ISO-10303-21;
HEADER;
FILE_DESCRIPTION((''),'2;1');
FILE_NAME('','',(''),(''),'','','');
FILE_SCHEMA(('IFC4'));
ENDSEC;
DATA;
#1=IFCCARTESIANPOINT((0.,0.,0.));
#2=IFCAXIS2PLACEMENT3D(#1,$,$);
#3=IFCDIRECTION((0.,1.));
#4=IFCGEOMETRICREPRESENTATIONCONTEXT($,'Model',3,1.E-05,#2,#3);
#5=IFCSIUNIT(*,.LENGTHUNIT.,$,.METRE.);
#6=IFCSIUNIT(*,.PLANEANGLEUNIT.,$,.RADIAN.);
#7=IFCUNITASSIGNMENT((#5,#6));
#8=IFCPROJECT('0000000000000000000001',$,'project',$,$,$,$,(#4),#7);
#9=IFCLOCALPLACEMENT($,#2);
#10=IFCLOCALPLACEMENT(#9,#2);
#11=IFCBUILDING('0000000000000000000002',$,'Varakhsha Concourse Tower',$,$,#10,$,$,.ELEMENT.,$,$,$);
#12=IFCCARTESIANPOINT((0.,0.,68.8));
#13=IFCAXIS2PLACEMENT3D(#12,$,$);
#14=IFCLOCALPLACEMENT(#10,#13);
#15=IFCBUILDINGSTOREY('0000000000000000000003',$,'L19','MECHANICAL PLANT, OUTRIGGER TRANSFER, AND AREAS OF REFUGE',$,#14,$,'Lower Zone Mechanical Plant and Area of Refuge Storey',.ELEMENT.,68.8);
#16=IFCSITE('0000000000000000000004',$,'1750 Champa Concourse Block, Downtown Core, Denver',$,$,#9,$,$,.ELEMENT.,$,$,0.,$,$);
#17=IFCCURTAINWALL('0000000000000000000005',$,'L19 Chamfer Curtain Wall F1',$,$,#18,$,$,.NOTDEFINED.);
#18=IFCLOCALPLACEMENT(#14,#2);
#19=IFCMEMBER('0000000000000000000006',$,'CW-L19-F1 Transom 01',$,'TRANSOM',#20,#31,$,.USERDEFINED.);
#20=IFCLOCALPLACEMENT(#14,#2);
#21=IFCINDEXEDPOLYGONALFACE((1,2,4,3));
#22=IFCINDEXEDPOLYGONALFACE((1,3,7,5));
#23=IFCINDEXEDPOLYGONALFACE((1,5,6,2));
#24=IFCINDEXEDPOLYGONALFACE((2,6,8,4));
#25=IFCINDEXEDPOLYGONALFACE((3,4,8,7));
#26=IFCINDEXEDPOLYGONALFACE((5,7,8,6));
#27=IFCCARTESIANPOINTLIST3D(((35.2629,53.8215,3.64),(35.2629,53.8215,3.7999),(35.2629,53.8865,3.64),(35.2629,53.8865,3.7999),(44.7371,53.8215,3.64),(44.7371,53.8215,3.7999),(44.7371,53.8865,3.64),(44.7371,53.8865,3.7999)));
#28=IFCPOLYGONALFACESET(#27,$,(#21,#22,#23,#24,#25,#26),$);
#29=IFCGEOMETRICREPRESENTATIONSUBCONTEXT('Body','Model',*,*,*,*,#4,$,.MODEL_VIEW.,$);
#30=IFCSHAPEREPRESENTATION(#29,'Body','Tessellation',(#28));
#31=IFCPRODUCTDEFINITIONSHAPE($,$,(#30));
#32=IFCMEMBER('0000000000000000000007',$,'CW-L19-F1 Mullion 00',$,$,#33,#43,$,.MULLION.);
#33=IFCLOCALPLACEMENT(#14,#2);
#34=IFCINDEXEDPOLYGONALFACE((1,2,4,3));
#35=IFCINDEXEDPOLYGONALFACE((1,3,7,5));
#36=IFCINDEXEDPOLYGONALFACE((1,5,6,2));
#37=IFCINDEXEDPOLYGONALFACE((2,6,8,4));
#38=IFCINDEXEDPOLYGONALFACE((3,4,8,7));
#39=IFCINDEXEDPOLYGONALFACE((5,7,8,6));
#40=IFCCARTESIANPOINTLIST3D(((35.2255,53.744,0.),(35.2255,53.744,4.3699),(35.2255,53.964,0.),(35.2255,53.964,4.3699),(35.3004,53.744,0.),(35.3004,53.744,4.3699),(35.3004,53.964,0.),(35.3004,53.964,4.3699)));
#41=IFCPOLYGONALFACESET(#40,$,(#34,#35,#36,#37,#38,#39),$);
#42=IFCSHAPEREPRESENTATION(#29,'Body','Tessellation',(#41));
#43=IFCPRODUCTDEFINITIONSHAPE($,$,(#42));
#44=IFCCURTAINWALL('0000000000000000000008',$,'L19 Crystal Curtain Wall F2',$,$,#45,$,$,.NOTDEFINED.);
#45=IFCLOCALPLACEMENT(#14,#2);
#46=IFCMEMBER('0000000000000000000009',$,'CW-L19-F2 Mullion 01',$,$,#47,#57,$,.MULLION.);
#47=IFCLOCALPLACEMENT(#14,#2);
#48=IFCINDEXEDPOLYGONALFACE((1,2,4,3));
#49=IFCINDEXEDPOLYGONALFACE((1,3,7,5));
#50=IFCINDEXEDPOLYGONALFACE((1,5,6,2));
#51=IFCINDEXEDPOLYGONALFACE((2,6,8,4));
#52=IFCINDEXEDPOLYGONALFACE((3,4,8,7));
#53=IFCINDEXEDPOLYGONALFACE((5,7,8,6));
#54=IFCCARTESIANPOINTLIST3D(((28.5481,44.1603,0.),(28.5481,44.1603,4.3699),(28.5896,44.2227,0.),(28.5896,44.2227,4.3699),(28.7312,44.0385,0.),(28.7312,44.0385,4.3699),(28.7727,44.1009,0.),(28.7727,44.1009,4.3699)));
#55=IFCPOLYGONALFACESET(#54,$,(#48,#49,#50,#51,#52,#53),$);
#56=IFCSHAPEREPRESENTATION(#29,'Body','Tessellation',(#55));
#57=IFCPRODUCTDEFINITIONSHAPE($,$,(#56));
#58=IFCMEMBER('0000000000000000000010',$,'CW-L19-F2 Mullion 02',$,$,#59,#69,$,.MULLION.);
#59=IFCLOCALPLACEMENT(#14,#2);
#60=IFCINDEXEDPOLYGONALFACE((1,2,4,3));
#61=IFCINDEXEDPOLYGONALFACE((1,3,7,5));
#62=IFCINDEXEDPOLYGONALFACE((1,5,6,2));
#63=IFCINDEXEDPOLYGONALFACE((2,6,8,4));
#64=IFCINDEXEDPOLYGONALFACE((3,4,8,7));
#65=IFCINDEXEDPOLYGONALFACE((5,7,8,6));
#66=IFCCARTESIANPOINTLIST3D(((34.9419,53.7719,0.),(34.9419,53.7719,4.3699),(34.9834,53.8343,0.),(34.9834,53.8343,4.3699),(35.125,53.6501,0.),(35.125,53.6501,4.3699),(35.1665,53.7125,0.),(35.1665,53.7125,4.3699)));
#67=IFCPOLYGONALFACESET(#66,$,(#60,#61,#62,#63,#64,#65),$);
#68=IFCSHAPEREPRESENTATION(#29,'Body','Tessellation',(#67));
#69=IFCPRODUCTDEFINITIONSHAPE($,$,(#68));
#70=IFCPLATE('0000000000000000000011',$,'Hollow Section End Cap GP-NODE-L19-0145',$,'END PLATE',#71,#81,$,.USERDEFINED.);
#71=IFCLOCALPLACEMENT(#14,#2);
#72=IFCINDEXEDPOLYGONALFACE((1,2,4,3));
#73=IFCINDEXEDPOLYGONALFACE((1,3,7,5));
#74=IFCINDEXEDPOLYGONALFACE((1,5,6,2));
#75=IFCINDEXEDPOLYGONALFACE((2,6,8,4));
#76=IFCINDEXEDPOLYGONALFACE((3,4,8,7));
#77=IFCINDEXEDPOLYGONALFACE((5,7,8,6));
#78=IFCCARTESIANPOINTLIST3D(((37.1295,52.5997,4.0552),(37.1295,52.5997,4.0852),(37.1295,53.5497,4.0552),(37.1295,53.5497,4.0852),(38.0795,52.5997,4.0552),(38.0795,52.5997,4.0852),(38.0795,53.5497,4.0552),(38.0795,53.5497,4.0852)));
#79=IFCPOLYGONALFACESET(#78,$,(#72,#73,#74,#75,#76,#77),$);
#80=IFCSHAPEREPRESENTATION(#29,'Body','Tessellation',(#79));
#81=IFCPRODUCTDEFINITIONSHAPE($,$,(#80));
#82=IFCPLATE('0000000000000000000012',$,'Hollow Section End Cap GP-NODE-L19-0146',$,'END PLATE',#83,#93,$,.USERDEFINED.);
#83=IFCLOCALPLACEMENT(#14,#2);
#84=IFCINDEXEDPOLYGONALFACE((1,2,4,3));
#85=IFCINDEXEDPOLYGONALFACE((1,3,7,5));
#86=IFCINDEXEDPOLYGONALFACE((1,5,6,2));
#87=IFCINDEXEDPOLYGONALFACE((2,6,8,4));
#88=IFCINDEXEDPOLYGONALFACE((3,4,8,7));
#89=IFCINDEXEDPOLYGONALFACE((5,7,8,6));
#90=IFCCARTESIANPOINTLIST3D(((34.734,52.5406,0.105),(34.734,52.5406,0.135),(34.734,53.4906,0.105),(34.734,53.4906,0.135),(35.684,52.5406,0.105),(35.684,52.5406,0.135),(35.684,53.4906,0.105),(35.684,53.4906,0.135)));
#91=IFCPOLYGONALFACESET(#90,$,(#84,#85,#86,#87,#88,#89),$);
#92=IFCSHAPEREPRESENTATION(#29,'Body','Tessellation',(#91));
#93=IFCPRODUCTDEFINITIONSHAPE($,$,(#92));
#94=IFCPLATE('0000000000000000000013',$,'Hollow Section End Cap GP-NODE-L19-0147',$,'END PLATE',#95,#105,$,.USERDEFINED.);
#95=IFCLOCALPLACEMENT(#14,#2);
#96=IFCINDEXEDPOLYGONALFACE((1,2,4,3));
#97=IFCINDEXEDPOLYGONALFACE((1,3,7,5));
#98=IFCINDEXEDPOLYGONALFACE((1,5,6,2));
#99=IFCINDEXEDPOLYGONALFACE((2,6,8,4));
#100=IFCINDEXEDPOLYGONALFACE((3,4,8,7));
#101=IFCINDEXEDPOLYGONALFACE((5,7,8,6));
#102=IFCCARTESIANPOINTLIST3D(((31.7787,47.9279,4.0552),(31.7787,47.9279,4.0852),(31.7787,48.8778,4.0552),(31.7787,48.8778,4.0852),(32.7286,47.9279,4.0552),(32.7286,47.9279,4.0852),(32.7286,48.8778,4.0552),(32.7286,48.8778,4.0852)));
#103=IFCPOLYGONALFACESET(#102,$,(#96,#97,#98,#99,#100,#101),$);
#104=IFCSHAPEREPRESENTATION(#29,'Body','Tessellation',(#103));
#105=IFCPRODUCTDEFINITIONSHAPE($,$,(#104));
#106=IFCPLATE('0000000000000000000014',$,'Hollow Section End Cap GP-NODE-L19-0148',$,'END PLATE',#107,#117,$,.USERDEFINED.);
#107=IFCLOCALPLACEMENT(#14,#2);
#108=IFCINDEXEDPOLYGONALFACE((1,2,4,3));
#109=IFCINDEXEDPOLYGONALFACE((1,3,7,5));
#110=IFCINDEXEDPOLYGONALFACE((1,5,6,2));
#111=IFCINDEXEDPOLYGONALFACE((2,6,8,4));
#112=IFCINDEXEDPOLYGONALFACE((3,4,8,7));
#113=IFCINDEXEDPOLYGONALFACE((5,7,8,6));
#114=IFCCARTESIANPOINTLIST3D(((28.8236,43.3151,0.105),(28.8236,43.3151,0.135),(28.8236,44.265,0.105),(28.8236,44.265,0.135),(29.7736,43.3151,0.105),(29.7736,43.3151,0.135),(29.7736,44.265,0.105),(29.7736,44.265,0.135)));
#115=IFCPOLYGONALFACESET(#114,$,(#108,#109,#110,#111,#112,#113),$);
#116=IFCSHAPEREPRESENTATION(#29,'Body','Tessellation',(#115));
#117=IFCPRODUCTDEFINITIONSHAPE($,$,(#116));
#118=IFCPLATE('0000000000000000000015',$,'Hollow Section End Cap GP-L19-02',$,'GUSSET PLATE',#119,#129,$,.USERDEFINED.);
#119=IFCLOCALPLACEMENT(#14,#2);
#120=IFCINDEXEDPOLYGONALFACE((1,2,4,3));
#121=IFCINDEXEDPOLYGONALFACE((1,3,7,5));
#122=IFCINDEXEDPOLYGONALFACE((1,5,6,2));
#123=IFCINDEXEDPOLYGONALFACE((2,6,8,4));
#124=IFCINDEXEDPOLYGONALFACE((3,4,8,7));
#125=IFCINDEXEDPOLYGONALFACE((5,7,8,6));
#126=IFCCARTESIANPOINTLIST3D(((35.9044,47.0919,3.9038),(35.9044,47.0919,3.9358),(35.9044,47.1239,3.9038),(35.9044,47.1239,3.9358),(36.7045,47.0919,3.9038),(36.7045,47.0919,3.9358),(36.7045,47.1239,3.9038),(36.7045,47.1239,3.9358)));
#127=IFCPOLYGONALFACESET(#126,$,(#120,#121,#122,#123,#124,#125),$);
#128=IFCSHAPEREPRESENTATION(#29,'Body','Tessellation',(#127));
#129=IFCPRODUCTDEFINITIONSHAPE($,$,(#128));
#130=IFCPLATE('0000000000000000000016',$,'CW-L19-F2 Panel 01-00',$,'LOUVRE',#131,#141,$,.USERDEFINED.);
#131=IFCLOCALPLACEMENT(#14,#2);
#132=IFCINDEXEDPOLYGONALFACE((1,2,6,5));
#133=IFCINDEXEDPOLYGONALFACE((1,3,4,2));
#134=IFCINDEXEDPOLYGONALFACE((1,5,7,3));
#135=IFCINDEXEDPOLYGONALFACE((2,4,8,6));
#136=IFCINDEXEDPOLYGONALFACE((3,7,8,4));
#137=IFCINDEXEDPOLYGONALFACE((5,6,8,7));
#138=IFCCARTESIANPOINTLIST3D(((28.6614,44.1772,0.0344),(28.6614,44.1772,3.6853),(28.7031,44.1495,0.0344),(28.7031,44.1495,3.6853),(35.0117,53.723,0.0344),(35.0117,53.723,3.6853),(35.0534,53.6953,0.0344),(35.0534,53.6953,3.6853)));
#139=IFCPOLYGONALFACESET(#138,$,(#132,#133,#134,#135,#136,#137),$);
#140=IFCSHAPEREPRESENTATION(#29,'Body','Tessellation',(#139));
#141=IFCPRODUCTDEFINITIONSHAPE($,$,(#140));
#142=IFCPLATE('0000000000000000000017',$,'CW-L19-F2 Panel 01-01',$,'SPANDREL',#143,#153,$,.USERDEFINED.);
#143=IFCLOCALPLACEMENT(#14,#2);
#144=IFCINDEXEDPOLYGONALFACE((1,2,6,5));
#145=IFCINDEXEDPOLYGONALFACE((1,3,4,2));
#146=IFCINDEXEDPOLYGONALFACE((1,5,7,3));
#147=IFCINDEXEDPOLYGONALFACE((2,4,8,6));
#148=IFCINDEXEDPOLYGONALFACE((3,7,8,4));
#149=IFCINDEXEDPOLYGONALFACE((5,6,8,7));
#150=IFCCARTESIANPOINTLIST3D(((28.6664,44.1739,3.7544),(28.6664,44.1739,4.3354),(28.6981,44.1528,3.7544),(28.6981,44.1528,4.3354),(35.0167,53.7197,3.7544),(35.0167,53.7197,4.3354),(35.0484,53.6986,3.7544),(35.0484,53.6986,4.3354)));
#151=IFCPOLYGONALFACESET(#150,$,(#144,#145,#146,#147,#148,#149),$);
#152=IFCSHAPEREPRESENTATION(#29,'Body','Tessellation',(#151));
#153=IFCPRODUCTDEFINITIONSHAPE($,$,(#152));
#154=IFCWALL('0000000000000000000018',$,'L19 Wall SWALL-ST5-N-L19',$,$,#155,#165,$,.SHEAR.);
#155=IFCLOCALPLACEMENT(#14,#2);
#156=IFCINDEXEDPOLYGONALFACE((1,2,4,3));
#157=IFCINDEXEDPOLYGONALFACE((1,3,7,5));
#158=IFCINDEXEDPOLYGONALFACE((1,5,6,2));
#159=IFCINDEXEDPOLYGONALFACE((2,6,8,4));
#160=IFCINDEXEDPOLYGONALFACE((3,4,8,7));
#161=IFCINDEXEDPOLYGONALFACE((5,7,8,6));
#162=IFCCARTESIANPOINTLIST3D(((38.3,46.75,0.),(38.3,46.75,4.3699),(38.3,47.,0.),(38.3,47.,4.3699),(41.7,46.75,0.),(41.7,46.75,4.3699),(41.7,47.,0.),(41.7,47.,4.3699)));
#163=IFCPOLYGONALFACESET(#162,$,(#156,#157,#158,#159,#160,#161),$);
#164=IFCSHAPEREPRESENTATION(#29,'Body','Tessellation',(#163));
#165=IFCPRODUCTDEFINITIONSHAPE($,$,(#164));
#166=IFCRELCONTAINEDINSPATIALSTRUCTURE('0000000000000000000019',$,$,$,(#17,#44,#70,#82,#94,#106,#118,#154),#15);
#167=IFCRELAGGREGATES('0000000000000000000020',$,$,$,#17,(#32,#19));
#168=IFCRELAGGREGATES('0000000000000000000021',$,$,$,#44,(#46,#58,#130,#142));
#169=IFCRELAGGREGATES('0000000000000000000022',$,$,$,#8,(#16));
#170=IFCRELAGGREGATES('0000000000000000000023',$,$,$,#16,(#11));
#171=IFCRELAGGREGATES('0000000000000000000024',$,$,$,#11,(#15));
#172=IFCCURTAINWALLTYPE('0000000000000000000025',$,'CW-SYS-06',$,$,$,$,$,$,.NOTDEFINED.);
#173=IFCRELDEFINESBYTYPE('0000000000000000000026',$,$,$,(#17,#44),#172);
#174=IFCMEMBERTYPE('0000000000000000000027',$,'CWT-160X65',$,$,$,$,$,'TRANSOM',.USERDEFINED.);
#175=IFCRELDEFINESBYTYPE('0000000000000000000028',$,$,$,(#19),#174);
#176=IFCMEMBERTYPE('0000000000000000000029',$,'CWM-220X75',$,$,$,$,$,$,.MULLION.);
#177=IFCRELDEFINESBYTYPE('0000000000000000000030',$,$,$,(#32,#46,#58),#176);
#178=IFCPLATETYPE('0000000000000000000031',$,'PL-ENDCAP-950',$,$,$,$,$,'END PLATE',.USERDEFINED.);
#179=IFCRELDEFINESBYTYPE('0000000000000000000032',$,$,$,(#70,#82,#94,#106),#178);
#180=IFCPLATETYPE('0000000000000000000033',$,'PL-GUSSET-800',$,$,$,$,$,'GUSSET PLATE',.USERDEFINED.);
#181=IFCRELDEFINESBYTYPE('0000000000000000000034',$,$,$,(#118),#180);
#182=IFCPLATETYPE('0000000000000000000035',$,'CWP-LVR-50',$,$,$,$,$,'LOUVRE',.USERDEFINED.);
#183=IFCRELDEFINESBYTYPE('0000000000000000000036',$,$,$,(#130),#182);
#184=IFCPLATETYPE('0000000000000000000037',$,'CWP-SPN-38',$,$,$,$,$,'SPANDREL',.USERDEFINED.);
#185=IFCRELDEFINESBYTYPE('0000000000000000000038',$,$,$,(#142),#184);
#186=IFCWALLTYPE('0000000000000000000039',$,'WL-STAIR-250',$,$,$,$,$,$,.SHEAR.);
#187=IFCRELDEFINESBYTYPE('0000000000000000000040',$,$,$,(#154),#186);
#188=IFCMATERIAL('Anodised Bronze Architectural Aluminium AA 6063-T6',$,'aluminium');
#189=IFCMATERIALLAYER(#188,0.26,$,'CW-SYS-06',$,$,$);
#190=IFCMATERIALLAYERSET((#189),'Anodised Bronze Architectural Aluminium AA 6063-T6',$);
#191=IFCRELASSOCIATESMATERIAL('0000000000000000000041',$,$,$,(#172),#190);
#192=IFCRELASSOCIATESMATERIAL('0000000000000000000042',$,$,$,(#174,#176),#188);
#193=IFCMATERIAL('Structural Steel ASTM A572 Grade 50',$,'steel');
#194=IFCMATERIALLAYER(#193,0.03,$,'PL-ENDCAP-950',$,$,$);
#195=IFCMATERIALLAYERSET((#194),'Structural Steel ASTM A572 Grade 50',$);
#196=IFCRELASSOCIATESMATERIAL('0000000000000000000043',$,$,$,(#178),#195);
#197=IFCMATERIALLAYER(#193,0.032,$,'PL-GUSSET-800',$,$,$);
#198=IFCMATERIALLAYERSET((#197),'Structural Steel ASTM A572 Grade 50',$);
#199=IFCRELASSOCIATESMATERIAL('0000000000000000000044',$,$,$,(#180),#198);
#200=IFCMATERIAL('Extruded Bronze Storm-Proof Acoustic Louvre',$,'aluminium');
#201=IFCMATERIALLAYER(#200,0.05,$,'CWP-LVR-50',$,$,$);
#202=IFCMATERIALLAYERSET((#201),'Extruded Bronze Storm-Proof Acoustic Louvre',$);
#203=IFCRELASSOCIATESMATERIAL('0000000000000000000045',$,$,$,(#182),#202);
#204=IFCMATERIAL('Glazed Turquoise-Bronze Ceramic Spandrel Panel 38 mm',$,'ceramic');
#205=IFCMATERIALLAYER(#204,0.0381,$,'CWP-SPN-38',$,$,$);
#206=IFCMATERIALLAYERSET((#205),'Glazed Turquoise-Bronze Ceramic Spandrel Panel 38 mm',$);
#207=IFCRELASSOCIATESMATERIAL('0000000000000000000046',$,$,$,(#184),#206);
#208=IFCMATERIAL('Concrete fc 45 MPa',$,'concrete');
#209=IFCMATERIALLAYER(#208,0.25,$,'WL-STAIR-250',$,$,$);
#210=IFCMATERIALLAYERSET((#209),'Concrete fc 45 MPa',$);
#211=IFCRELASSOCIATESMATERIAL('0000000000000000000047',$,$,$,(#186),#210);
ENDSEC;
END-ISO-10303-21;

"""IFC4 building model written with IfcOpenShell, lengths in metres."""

from ifc_helpers import new_model, si_unit, direction, frame, frame_2d, origin, origin_2d, place, context, subcontext, project, spatial, rectangle, extrude, source, transform, mapped, material, layer, layer_set, material_profile, profile_set, type_object, type_shapes, element, aggregate, save


model = new_model("IFC4")

# Units and contexts
model_context = context("Model", 3, precision=1e-05, world=origin(), true_north=direction((0.0, 1.0)))
body_context = subcontext(model_context, "Body", "Model", "MODEL_VIEW")
ifc_project = project(units=[si_unit("LENGTHUNIT", "METRE"), si_unit("PLANEANGLEUNIT", "RADIAN")], contexts=[model_context])

# Site, building, storey
site_placement = place(None, origin())
site = spatial("IfcSite", under=ifc_project, at=site_placement, Name="1750 Champa Concourse Block, Downtown Core, Denver", CompositionType="ELEMENT", RefElevation=0.0)
building_placement = place(site_placement, origin())
building = spatial("IfcBuilding", under=site, at=building_placement, Name="Varakhsha Concourse Tower", CompositionType="ELEMENT")
storey_placement = place(building_placement, frame((0.0, 0.0, 68.8)))
storey = spatial("IfcBuildingStorey", under=building, at=storey_placement, Name="L19", Description="MECHANICAL PLANT, OUTRIGGER TRANSFER, AND AREAS OF REFUGE", LongName="Lower Zone Mechanical Plant and Area of Refuge Storey", CompositionType="ELEMENT", Elevation=68.8)

# Shared definitions
ifc_material_1 = material(Name="Structural Steel ASTM A572 Grade 50", Category="steel")

# Curtain walls, members
ifc_material_2 = material(Name="Anodised Bronze Architectural Aluminium AA 6063-T6", Category="aluminium")
ifc_layer_1 = layer(ifc_material_2, 0.26, Name="CW-SYS-06")
ifc_layer_set_1 = layer_set([ifc_layer_1], Name="Anodised Bronze Architectural Aluminium AA 6063-T6")
curtain_wall_type = type_object("IfcCurtainWallType", Name="CW-SYS-06", PredefinedType="NOTDEFINED", material=ifc_layer_set_1)
curtain_wall_1_placement = place(storey_placement, origin())
curtain_wall_1 = element("IfcCurtainWall", 1, at=curtain_wall_1_placement, inside=storey, type_object=curtain_wall_type, Name="L19 Chamfer Curtain Wall F1", PredefinedType="NOTDEFINED")
ifc_material_profile_1 = material_profile(ifc_material_2, rectangle(XDim=0.0649, YDim=0.1599, at=origin_2d()), Name="CWT-160X65")
ifc_profile_set_1 = profile_set([ifc_material_profile_1], Name="Anodised Bronze Architectural Aluminium AA 6063-T6")
member_type_1 = type_object("IfcMemberType", Name="CWT-160X65", ElementType="TRANSOM", PredefinedType="USERDEFINED", material=ifc_profile_set_1)
shared_shape_1 = source(origin(), body_context, "Body", "SweptSolid", [
    extrude(rectangle(XDim=0.0649, YDim=0.1599, at=origin_2d()), origin(), (0.0, 0.0, 1.0), 9.4741),
])
type_shapes(member_type_1, [shared_shape_1])
member_1_placement = place(storey_placement, frame((35.2629, 53.854, 3.72), z_axis=(1.0, 0.0, 0.0), x_axis=(0.0, 1.0, 0.0)))
member_1 = element("IfcMember", 2, at=member_1_placement, type_object=member_type_1, Name="CW-L19-F1 Transom 01", ObjectType="TRANSOM", PredefinedType="USERDEFINED", context=body_context, shape_type="MappedRepresentation", body=[
    mapped(shared_shape_1, transform((0.0, 0.0, 0.0), scale=1.0)),
])
ifc_material_profile_2 = material_profile(ifc_material_2, rectangle(XDim=0.075, YDim=0.22, at=origin_2d()), Name="CWM-220X75")
ifc_profile_set_2 = profile_set([ifc_material_profile_2], Name="Anodised Bronze Architectural Aluminium AA 6063-T6")
member_type_2 = type_object("IfcMemberType", Name="CWM-220X75", PredefinedType="MULLION", material=ifc_profile_set_2)
shared_shape_2 = source(origin(), body_context, "Body", "SweptSolid", [
    extrude(rectangle(XDim=0.075, YDim=0.22, at=origin_2d()), origin(), (0.0, 0.0, 1.0), 4.3699),
])
type_shapes(member_type_2, [shared_shape_2])
member_2_placement = place(storey_placement, frame((35.2629, 53.854, 0.0), z_axis=(0.0, 0.0, 1.0), x_axis=(1.0, 0.0, 0.0)))
member_2 = element("IfcMember", 3, at=member_2_placement, type_object=member_type_2, Name="CW-L19-F1 Mullion 00", PredefinedType="MULLION", context=body_context, shape_type="MappedRepresentation", body=[
    mapped(shared_shape_2, transform((0.0, 0.0, 0.0), scale=1.0)),
])
aggregate(curtain_wall_1, [member_2, member_1])
curtain_wall_2_placement = place(storey_placement, origin())
curtain_wall_2 = element("IfcCurtainWall", 4, at=curtain_wall_2_placement, inside=storey, type_object=curtain_wall_type, Name="L19 Crystal Curtain Wall F2", PredefinedType="NOTDEFINED")
member_3_placement = place(storey_placement, frame((28.6604, 44.1306, 0.0), z_axis=(0.0, 0.0, 1.0), x_axis=(0.553881, 0.832596, 0.0)))
member_3 = element("IfcMember", 5, at=member_3_placement, type_object=member_type_2, Name="CW-L19-F2 Mullion 01", PredefinedType="MULLION", context=body_context, shape_type="MappedRepresentation", body=[
    mapped(shared_shape_2, transform((0.0, 0.0, 0.0), scale=1.0)),
])
member_4_placement = place(storey_placement, frame((35.0542, 53.7422, 0.0), z_axis=(0.0, 0.0, 1.0), x_axis=(0.553881, 0.832596, 0.0)))
member_4 = element("IfcMember", 6, at=member_4_placement, type_object=member_type_2, Name="CW-L19-F2 Mullion 02", PredefinedType="MULLION", context=body_context, shape_type="MappedRepresentation", body=[
    mapped(shared_shape_2, transform((0.0, 0.0, 0.0), scale=1.0)),
])

# Plates
ifc_layer_2 = layer(ifc_material_1, 0.03, Name="PL-ENDCAP-950")
ifc_layer_set_2 = layer_set([ifc_layer_2], Name="Structural Steel ASTM A572 Grade 50")
plate_type_1 = type_object("IfcPlateType", Name="PL-ENDCAP-950", ElementType="END PLATE", PredefinedType="USERDEFINED", material=ifc_layer_set_2)
shared_shape_3 = source(origin(), body_context, "Body", "SweptSolid", [
    extrude(rectangle(XDim=0.95, YDim=0.95, at=origin_2d()), origin(), (0.0, 0.0, 1.0), 0.03),
])
type_shapes(plate_type_1, [shared_shape_3])
for number, where, z_axis, x_axis, name in (
    (7, (37.6045, 53.0747, 4.0552), (0.0, 0.0, 1.0), (1.0, 0.0, 0.0), "Hollow Section End Cap GP-NODE-L19-0145"),
    (8, (35.209, 53.0156, 0.105), (0.0, 0.0, 1.0), (1.0, 0.0, 0.0), "Hollow Section End Cap GP-NODE-L19-0146"),
    (9, (32.2537, 48.4028, 4.0552), (0.0, 0.0, 1.0), (1.0, 0.0, 0.0), "Hollow Section End Cap GP-NODE-L19-0147"),
    (10, (29.2986, 43.79, 0.105), (0.0, 0.0, 1.0), (1.0, 0.0, 0.0), "Hollow Section End Cap GP-NODE-L19-0148"),
):
    element("IfcPlate", number, at=place(storey_placement, frame(where, z_axis=z_axis, x_axis=x_axis)), inside=storey, type_object=plate_type_1, Name=name, ObjectType="END PLATE", PredefinedType="USERDEFINED", context=body_context, shape_type="MappedRepresentation", body=[
        mapped(shared_shape_3, transform((0.0, 0.0, 0.0), scale=1.0)),
    ])
ifc_layer_3 = layer(ifc_material_1, 0.032, Name="PL-GUSSET-800")
ifc_layer_set_3 = layer_set([ifc_layer_3], Name="Structural Steel ASTM A572 Grade 50")
plate_type_2 = type_object("IfcPlateType", Name="PL-GUSSET-800", ElementType="GUSSET PLATE", PredefinedType="USERDEFINED", material=ifc_layer_set_3)
shared_shape_4 = source(origin(), body_context, "Body", "SweptSolid", [
    extrude(rectangle(XDim=0.8, YDim=0.032, at=origin_2d()), origin(), (0.0, 0.0, 1.0), 0.032),
])
type_shapes(plate_type_2, [shared_shape_4])
plate_1_placement = place(storey_placement, frame((36.3044, 47.1079, 3.9038), z_axis=(0.0, 0.0, 1.0), x_axis=(1.0, 0.0, 0.0)))
element("IfcPlate", 11, at=plate_1_placement, inside=storey, type_object=plate_type_2, Name="Hollow Section End Cap GP-L19-02", ObjectType="GUSSET PLATE", PredefinedType="USERDEFINED", context=body_context, shape_type="MappedRepresentation", body=[
    mapped(shared_shape_4, transform((0.0, 0.0, 0.0), scale=1.0)),
])

# Plates
ifc_material_3 = material(Name="Extruded Bronze Storm-Proof Acoustic Louvre", Category="aluminium")
ifc_layer_4 = layer(ifc_material_3, 0.05, Name="CWP-LVR-50")
ifc_layer_set_4 = layer_set([ifc_layer_4], Name="Extruded Bronze Storm-Proof Acoustic Louvre")
plate_type_3 = type_object("IfcPlateType", Name="CWP-LVR-50", ElementType="LOUVRE", PredefinedType="USERDEFINED", material=ifc_layer_set_4)
shared_shape_5 = source(origin(), body_context, "Body", "SweptSolid", [
    extrude(rectangle(XDim=11.4651, YDim=0.05, at=origin_2d()), origin(), (0.0, 0.0, 1.0), 3.6509),
])
type_shapes(plate_type_3, [shared_shape_5])
plate_2_placement = place(storey_placement, frame((31.8574, 48.9363, 0.0344), z_axis=(0.0, 0.0, 1.0), x_axis=(0.553881, 0.832596, 0.0)))
plate_2 = element("IfcPlate", 12, at=plate_2_placement, type_object=plate_type_3, Name="CW-L19-F2 Panel 01-00", ObjectType="LOUVRE", PredefinedType="USERDEFINED", context=body_context, shape_type="MappedRepresentation", body=[
    mapped(shared_shape_5, transform((0.0, 0.0, 0.0), scale=1.0)),
])
ifc_material_4 = material(Name="Glazed Turquoise-Bronze Ceramic Spandrel Panel 38 mm", Category="ceramic")
ifc_layer_5 = layer(ifc_material_4, 0.0381, Name="CWP-SPN-38")
ifc_layer_set_5 = layer_set([ifc_layer_5], Name="Glazed Turquoise-Bronze Ceramic Spandrel Panel 38 mm")
plate_type_4 = type_object("IfcPlateType", Name="CWP-SPN-38", ElementType="SPANDREL", PredefinedType="USERDEFINED", material=ifc_layer_set_5)
shared_shape_6 = source(origin(), body_context, "Body", "SweptSolid", [
    extrude(rectangle(XDim=11.4651, YDim=0.0381, at=origin_2d()), origin(), (0.0, 0.0, 1.0), 0.5811),
])
type_shapes(plate_type_4, [shared_shape_6])
plate_3_placement = place(storey_placement, frame((31.8574, 48.9363, 3.7544), z_axis=(0.0, 0.0, 1.0), x_axis=(0.553881, 0.832596, 0.0)))
plate_3 = element("IfcPlate", 13, at=plate_3_placement, type_object=plate_type_4, Name="CW-L19-F2 Panel 01-01", ObjectType="SPANDREL", PredefinedType="USERDEFINED", context=body_context, shape_type="MappedRepresentation", body=[
    mapped(shared_shape_6, transform((0.0, 0.0, 0.0), scale=1.0)),
])
aggregate(curtain_wall_2, [member_3, member_4, plate_2, plate_3])

# Wall
ifc_material_5 = material(Name="Concrete fc 45 MPa", Category="concrete")
ifc_layer_6 = layer(ifc_material_5, 0.25, Name="WL-STAIR-250")
ifc_layer_set_6 = layer_set([ifc_layer_6], Name="Concrete fc 45 MPa")
wall_type = type_object("IfcWallType", Name="WL-STAIR-250", PredefinedType="SHEAR", material=ifc_layer_set_6)
wall_placement = place(storey_placement, frame((38.3, 46.875, 0.0), z_axis=(0.0, 0.0, 1.0), x_axis=(1.0, 0.0, 0.0)))
element("IfcWall", 14, at=wall_placement, inside=storey, type_object=wall_type, Name="L19 Wall SWALL-ST5-N-L19", PredefinedType="SHEAR", context=body_context, shape_type="SweptSolid", body=[
    extrude(rectangle(XDim=3.3999, YDim=0.25, at=frame_2d((1.7, 0.0))), origin(), (0.0, 0.0, 1.0), 4.3699),
])

save(model, "model.ifc")
